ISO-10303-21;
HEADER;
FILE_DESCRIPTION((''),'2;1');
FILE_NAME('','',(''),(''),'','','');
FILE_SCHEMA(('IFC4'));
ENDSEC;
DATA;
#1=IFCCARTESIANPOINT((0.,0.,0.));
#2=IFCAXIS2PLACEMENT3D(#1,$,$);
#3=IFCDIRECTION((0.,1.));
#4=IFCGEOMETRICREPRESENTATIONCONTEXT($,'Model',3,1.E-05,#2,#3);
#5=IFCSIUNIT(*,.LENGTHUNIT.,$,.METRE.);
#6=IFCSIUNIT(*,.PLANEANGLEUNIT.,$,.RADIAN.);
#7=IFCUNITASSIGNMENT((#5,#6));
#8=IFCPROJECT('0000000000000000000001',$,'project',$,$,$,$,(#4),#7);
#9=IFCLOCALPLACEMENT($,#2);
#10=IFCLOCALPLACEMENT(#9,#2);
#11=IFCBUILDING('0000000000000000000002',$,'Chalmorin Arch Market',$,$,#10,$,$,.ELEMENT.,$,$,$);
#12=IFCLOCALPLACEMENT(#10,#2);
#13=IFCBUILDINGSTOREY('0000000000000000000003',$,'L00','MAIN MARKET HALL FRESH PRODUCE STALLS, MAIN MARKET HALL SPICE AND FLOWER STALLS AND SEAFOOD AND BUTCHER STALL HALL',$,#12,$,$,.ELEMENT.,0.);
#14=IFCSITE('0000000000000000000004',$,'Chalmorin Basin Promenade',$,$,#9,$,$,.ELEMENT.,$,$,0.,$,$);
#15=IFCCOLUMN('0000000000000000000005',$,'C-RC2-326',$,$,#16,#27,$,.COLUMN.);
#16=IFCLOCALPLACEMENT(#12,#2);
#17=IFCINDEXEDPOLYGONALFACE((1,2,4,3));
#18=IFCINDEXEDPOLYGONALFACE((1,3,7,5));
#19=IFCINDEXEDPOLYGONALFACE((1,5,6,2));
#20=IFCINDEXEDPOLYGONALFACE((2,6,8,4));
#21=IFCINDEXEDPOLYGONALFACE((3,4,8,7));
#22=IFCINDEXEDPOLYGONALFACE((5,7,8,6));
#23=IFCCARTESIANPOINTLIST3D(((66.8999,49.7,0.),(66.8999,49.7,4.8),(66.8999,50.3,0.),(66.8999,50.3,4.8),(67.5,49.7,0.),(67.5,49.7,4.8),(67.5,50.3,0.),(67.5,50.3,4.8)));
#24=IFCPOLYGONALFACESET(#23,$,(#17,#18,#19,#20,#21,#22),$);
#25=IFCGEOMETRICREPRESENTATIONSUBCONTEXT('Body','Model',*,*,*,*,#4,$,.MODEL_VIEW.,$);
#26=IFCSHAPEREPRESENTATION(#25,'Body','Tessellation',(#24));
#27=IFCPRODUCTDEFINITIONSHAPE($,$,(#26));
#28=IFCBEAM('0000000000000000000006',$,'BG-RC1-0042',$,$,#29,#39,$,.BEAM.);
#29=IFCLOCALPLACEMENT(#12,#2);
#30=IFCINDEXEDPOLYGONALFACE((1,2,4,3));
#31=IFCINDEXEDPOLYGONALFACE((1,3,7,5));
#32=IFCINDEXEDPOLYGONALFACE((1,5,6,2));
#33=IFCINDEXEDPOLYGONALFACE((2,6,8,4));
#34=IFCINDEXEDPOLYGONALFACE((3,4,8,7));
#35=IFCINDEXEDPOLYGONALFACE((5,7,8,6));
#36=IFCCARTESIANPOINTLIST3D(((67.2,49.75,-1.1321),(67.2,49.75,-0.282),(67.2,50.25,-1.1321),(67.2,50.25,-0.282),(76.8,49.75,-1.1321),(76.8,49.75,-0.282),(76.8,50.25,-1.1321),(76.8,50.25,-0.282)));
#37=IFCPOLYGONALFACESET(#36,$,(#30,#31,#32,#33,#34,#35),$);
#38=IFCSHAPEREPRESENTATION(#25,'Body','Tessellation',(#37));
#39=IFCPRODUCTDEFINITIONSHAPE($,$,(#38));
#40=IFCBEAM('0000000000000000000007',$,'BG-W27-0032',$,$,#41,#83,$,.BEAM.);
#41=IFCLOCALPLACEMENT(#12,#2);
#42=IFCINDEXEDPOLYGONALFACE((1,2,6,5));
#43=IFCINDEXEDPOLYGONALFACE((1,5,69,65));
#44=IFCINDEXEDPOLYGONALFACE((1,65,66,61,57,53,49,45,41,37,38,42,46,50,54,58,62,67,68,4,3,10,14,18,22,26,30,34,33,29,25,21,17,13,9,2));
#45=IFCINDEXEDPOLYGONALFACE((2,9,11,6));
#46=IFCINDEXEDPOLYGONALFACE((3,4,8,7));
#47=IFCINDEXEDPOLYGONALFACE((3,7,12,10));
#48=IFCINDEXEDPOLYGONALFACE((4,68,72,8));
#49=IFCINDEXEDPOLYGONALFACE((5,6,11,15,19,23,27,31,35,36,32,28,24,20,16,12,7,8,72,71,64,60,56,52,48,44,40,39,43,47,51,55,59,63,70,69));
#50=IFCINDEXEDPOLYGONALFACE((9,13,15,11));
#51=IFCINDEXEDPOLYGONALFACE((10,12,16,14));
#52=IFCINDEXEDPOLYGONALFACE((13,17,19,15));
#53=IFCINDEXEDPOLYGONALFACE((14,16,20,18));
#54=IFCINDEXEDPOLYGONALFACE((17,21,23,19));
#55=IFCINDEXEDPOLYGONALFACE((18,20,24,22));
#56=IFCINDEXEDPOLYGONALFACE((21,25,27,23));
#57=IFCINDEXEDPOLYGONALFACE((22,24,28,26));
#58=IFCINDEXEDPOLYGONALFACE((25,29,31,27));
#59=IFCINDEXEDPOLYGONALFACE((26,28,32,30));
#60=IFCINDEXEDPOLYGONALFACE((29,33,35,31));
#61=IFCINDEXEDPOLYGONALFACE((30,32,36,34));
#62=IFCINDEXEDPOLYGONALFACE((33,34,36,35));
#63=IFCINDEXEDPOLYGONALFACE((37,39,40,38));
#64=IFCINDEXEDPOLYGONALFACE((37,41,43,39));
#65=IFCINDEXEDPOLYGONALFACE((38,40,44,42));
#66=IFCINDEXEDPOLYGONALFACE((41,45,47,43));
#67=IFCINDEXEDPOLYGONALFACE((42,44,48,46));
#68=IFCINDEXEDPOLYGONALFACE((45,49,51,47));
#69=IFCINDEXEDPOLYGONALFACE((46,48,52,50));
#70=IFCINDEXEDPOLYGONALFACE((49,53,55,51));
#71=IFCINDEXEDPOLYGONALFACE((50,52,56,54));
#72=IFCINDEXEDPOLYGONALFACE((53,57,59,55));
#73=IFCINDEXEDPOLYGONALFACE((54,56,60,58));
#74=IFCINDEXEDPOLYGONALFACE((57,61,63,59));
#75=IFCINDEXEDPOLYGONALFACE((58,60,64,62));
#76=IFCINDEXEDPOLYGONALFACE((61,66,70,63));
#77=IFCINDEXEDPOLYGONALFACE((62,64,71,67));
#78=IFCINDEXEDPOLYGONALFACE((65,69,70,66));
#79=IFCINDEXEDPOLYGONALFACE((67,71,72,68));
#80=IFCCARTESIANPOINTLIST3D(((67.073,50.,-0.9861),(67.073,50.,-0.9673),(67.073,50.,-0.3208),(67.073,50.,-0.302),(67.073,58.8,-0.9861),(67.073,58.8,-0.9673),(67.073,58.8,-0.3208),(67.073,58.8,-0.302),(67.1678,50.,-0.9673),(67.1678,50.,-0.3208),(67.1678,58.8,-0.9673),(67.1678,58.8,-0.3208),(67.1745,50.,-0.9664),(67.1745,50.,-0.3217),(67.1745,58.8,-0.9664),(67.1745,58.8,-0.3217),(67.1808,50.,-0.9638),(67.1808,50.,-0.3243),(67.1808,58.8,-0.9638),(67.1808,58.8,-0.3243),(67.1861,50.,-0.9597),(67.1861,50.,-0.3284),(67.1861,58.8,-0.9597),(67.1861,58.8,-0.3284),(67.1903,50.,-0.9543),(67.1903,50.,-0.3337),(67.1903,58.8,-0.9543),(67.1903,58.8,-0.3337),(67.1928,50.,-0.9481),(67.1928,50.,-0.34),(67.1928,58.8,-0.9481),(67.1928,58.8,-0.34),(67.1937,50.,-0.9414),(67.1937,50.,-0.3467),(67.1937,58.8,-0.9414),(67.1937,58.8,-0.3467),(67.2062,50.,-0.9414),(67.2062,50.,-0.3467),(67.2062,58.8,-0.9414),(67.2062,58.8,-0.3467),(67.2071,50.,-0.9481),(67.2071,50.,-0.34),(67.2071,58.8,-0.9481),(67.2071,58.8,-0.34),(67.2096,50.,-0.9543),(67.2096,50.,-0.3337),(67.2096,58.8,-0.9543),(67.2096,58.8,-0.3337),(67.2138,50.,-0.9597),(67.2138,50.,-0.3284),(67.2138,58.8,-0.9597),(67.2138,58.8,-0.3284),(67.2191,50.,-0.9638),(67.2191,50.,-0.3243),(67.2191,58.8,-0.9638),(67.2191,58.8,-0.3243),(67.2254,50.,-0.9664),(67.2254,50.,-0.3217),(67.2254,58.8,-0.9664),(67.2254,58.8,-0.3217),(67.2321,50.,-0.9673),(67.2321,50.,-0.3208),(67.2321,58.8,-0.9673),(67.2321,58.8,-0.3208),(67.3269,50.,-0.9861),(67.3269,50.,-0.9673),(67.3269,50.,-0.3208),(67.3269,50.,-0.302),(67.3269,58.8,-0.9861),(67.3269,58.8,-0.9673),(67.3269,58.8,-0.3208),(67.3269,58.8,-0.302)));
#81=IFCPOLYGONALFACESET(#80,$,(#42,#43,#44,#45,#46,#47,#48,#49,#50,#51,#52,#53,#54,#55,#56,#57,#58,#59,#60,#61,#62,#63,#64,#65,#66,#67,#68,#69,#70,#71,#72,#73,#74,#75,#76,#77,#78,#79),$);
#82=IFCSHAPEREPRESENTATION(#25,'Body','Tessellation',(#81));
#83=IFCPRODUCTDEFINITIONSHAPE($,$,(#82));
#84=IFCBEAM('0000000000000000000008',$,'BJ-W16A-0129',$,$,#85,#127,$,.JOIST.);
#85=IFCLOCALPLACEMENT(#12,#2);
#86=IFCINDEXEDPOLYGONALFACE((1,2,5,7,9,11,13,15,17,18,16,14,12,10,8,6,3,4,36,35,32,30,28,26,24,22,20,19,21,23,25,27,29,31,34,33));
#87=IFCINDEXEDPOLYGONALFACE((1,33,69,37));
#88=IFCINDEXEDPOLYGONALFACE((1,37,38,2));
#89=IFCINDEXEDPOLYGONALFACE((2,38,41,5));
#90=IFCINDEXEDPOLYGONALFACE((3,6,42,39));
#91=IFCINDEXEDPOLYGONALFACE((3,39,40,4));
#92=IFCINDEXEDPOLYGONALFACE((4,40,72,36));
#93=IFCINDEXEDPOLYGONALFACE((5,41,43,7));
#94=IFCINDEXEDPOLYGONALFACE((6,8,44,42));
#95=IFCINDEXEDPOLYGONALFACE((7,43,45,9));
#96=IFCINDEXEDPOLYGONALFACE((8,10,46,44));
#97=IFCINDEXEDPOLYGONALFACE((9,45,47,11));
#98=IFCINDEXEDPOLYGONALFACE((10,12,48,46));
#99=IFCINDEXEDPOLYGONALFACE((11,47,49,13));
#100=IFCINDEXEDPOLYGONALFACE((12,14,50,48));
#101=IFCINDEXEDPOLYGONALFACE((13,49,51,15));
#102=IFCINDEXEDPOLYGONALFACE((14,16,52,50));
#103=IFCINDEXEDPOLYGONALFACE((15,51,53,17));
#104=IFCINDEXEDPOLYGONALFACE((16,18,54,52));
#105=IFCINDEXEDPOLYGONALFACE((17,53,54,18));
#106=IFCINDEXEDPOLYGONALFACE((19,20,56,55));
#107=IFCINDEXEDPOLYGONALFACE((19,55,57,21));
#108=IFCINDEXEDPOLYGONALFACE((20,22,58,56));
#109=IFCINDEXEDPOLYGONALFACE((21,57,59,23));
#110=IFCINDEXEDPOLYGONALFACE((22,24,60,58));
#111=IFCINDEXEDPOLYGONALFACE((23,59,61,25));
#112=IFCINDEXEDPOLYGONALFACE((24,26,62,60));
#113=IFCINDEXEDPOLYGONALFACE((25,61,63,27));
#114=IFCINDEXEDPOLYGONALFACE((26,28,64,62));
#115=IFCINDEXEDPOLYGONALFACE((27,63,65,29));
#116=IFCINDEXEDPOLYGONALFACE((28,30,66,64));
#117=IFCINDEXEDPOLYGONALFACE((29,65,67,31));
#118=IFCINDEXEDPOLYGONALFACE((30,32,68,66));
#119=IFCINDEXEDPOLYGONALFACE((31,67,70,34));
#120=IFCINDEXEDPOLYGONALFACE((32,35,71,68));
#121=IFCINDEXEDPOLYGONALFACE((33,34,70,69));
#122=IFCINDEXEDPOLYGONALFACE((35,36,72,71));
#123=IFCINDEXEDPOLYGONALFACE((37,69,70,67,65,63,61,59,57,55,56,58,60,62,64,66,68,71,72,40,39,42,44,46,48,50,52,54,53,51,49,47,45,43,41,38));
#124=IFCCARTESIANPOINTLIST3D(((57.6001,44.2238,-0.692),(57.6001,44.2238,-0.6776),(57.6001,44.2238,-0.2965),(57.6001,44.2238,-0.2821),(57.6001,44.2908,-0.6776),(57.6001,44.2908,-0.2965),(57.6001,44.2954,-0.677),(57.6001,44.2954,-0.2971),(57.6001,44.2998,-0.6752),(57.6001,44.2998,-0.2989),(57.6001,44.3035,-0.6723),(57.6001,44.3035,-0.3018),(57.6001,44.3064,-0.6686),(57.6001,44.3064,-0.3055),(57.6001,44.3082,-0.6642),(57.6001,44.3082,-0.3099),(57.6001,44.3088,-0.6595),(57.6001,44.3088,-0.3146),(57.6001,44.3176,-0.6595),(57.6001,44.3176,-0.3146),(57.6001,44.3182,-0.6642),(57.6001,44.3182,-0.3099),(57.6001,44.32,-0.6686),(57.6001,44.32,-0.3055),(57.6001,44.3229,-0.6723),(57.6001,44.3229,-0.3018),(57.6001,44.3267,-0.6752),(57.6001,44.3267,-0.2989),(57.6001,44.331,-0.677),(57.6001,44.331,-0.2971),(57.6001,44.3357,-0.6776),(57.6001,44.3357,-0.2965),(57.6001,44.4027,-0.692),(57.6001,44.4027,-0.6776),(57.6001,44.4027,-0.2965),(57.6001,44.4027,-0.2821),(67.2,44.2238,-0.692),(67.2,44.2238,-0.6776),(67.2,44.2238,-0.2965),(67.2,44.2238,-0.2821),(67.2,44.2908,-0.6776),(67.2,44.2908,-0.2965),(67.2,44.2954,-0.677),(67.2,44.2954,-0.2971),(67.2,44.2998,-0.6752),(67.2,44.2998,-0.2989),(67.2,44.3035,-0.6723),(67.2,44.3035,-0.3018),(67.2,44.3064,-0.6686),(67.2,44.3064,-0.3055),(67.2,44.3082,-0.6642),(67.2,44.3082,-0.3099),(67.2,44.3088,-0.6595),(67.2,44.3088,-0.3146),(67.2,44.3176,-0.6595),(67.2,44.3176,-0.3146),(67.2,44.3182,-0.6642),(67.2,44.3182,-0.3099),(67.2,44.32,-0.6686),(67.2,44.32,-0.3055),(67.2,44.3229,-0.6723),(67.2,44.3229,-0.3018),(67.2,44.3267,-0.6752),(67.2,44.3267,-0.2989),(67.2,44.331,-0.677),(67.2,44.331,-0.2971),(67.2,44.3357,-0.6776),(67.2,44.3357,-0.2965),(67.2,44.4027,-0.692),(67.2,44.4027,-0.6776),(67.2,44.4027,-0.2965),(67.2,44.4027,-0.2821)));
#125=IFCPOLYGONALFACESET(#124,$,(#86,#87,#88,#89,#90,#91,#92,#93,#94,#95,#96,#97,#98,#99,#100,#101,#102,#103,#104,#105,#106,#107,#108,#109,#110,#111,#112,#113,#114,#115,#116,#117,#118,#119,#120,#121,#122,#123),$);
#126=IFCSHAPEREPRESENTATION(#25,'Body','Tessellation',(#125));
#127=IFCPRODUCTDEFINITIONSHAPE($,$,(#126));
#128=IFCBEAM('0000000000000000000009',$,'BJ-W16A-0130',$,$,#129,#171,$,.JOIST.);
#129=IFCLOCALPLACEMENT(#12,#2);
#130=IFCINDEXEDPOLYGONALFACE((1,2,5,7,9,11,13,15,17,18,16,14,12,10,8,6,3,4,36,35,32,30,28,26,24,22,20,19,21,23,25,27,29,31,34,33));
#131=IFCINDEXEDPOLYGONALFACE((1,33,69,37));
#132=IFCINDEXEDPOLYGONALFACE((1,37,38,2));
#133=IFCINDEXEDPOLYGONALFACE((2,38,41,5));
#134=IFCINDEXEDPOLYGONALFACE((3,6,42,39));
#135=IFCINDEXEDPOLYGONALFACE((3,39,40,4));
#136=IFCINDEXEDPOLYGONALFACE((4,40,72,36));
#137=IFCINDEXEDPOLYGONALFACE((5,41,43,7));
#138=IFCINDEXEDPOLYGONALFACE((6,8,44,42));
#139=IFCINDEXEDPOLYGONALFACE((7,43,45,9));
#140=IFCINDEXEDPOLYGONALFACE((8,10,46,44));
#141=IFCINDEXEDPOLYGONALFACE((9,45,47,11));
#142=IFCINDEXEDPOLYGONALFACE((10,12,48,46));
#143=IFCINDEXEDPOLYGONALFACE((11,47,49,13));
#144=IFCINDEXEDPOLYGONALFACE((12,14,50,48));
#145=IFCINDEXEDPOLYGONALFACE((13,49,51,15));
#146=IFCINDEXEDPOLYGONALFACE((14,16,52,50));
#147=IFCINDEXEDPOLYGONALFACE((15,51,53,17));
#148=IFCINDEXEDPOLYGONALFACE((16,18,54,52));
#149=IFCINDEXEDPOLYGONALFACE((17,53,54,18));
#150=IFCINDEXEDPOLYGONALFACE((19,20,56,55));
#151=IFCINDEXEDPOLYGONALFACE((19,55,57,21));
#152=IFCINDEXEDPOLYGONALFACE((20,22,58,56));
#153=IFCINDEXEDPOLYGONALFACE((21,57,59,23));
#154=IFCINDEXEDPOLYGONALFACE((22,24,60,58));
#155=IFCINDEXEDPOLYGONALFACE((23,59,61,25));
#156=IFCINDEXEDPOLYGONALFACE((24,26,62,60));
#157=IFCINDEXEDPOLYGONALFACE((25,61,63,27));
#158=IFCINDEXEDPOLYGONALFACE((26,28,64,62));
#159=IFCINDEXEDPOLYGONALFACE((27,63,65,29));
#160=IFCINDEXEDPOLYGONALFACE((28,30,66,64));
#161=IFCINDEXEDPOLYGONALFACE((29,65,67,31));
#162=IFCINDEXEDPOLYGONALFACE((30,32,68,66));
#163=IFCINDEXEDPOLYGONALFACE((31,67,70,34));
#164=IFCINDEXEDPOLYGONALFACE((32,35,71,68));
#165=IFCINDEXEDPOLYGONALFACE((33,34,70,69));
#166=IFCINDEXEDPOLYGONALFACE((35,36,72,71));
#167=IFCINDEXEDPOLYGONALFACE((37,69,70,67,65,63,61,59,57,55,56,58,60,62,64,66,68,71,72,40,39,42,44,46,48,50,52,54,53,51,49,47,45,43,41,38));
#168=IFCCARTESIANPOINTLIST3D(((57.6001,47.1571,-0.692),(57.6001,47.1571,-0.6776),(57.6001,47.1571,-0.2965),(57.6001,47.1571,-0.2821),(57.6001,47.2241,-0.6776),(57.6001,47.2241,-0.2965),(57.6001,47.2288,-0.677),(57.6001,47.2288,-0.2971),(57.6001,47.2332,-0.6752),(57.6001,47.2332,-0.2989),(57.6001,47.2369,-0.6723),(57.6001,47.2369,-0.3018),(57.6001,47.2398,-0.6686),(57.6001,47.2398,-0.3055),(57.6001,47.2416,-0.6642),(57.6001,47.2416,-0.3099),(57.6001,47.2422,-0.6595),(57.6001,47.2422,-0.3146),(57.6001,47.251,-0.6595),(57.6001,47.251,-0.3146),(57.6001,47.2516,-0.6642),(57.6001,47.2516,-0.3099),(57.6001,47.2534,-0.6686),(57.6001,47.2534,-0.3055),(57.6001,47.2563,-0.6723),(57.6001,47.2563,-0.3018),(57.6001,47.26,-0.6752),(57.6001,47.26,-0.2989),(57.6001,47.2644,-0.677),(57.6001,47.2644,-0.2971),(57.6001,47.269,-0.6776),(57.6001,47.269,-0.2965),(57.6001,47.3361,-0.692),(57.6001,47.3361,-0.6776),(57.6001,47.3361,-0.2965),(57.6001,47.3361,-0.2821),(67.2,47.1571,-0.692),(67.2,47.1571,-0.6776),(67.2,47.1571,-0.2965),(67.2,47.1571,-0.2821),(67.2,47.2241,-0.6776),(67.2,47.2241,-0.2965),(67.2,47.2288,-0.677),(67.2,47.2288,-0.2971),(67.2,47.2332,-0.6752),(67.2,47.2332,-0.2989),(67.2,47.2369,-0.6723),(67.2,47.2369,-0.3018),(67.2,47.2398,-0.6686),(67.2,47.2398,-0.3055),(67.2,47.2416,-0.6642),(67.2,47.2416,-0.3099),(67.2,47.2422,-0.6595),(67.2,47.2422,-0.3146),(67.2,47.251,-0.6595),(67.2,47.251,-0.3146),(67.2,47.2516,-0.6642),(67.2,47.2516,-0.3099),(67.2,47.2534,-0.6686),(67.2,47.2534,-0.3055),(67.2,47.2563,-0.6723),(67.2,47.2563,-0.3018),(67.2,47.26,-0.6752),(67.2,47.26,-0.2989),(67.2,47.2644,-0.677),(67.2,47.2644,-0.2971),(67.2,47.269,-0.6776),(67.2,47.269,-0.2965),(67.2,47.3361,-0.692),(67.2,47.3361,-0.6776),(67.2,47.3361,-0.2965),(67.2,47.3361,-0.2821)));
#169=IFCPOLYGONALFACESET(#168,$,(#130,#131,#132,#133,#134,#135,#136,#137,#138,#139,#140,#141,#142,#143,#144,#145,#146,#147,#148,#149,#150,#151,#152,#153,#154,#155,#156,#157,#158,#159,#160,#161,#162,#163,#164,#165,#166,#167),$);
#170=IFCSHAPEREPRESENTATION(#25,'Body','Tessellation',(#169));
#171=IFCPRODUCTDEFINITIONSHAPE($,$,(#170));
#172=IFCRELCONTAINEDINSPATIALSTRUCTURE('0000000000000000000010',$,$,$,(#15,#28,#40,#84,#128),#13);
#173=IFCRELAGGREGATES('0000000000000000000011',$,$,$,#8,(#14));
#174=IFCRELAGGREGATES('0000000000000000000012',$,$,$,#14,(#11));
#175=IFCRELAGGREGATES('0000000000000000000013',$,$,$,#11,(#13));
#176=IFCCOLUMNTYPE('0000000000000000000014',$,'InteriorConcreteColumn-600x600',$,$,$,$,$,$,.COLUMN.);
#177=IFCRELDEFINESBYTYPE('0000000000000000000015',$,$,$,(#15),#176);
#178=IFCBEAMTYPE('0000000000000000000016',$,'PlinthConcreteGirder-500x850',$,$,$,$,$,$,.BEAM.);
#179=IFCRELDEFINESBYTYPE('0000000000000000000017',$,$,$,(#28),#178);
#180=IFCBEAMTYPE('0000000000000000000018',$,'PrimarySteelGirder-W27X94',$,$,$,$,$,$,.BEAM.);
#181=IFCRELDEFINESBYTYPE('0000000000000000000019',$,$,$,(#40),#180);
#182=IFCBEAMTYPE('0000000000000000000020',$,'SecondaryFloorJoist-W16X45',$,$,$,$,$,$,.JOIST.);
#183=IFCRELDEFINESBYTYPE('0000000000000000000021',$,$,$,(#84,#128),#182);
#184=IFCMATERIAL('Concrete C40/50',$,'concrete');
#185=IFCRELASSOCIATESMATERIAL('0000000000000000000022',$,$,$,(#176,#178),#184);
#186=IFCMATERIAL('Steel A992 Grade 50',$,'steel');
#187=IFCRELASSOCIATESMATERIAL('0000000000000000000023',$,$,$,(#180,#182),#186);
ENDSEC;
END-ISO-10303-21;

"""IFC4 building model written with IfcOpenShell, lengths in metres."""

from ifc_helpers import new_model, si_unit, direction, frame, origin, origin_2d, place, context, subcontext, project, spatial, rectangle, i_section, extrude, material, material_profile, profile_set, type_object, element, save


model = new_model("IFC4")

# Units and contexts
model_context = context("Model", 3, precision=1e-05, world=origin(), true_north=direction((0.0, 1.0)))
body_context = subcontext(model_context, "Body", "Model", "MODEL_VIEW")
ifc_project = project(units=[si_unit("LENGTHUNIT", "METRE"), si_unit("PLANEANGLEUNIT", "RADIAN")], contexts=[model_context])

# Site, building, storey
site_placement = place(None, origin())
site = spatial("IfcSite", under=ifc_project, at=site_placement, Name="Chalmorin Basin Promenade", CompositionType="ELEMENT", RefElevation=0.0)
building_placement = place(site_placement, origin())
building = spatial("IfcBuilding", under=site, at=building_placement, Name="Chalmorin Arch Market", CompositionType="ELEMENT")
storey_placement = place(building_placement, origin())
storey = spatial("IfcBuildingStorey", under=building, at=storey_placement, Name="L00", Description="MAIN MARKET HALL FRESH PRODUCE STALLS, MAIN MARKET HALL SPICE AND FLOWER STALLS AND SEAFOOD AND BUTCHER STALL HALL", CompositionType="ELEMENT", Elevation=0.0)

# Column
ifc_material_1 = material(Name="Concrete C40/50", Category="concrete")
ifc_material_profile_1 = material_profile(ifc_material_1, rectangle(XDim=0.6001, YDim=0.6001, at=origin_2d()), Name="RC600X600")
ifc_profile_set_1 = profile_set([ifc_material_profile_1], Name="Concrete C40/50")
column_type = type_object("IfcColumnType", Name="InteriorConcreteColumn-600x600", PredefinedType="COLUMN", material=ifc_profile_set_1)
column_placement = place(storey_placement, frame((67.2, 50.0, 0.0), z_axis=(0.0, 0.0, 1.0), x_axis=(1.0, 0.0, 0.0)))
element("IfcColumn", 1, at=column_placement, inside=storey, type_object=column_type, Name="C-RC2-326", PredefinedType="COLUMN", context=body_context, shape_type="SweptSolid", body=[
    extrude(rectangle(XDim=0.6001, YDim=0.6001, at=origin_2d()), origin(), (0.0, 0.0, 1.0), 4.8),
])

# Beams
ifc_material_profile_2 = material_profile(ifc_material_1, rectangle(XDim=0.5, YDim=0.8501, at=origin_2d()), Name="RC500X850")
ifc_profile_set_2 = profile_set([ifc_material_profile_2], Name="Concrete C40/50")
beam_type_1 = type_object("IfcBeamType", Name="PlinthConcreteGirder-500x850", PredefinedType="BEAM", material=ifc_profile_set_2)
beam_1_placement = place(storey_placement, frame((67.2, 50.0, -0.707), z_axis=(1.0, 0.0, 0.0), x_axis=(0.0, 1.0, 0.0)))
element("IfcBeam", 2, at=beam_1_placement, inside=storey, type_object=beam_type_1, Name="BG-RC1-0042", PredefinedType="BEAM", context=body_context, shape_type="SweptSolid", body=[
    extrude(rectangle(XDim=0.5, YDim=0.8501, at=origin_2d()), origin(), (0.0, 0.0, 1.0), 9.6001),
])
ifc_material_2 = material(Name="Steel A992 Grade 50", Category="steel")
ifc_material_profile_3 = material_profile(ifc_material_2, i_section(OverallWidth=0.2539, OverallDepth=0.6841, WebThickness=0.0125, FlangeThickness=0.0188, FilletRadius=0.0259, at=origin_2d()), Name="W27X94")
ifc_profile_set_3 = profile_set([ifc_material_profile_3], Name="Steel A992 Grade 50")
beam_type_2 = type_object("IfcBeamType", Name="PrimarySteelGirder-W27X94", PredefinedType="BEAM", material=ifc_profile_set_3)
beam_2_placement = place(storey_placement, frame((67.2, 50.0, -0.644), z_axis=(0.0, 1.0, 0.0), x_axis=(-1.0, 0.0, 0.0)))
element("IfcBeam", 3, at=beam_2_placement, inside=storey, type_object=beam_type_2, Name="BG-W27-0032", PredefinedType="BEAM", context=body_context, shape_type="SweptSolid", body=[
    extrude(i_section(OverallWidth=0.2539, OverallDepth=0.6841, WebThickness=0.0125, FlangeThickness=0.0188, FilletRadius=0.0259, at=origin_2d()), origin(), (0.0, 0.0, 1.0), 8.8),
])
ifc_material_profile_4 = material_profile(ifc_material_2, i_section(OverallWidth=0.179, OverallDepth=0.4099, WebThickness=0.0088, FlangeThickness=0.0144, FilletRadius=0.0181, at=origin_2d()), Name="W16X45")
ifc_profile_set_4 = profile_set([ifc_material_profile_4], Name="Steel A992 Grade 50")
beam_type_3 = type_object("IfcBeamType", Name="SecondaryFloorJoist-W16X45", PredefinedType="JOIST", material=ifc_profile_set_4)
for number, where, z_axis, x_axis, name in (
    (4, (57.6001, 44.3132, -0.4871), (1.0, 0.0, 0.0), (0.0, 1.0, 0.0), "BJ-W16A-0129"),
    (5, (57.6001, 47.2466, -0.4871), (1.0, 0.0, 0.0), (0.0, 1.0, 0.0), "BJ-W16A-0130"),
):
    element("IfcBeam", number, at=place(storey_placement, frame(where, z_axis=z_axis, x_axis=x_axis)), inside=storey, type_object=beam_type_3, Name=name, PredefinedType="JOIST", context=body_context, shape_type="SweptSolid", body=[
        extrude(i_section(OverallWidth=0.179, OverallDepth=0.4099, WebThickness=0.0088, FlangeThickness=0.0144, FilletRadius=0.0181, at=origin_2d()), origin(), (0.0, 0.0, 1.0), 9.5999),
    ])

save(model, "model.ifc")
